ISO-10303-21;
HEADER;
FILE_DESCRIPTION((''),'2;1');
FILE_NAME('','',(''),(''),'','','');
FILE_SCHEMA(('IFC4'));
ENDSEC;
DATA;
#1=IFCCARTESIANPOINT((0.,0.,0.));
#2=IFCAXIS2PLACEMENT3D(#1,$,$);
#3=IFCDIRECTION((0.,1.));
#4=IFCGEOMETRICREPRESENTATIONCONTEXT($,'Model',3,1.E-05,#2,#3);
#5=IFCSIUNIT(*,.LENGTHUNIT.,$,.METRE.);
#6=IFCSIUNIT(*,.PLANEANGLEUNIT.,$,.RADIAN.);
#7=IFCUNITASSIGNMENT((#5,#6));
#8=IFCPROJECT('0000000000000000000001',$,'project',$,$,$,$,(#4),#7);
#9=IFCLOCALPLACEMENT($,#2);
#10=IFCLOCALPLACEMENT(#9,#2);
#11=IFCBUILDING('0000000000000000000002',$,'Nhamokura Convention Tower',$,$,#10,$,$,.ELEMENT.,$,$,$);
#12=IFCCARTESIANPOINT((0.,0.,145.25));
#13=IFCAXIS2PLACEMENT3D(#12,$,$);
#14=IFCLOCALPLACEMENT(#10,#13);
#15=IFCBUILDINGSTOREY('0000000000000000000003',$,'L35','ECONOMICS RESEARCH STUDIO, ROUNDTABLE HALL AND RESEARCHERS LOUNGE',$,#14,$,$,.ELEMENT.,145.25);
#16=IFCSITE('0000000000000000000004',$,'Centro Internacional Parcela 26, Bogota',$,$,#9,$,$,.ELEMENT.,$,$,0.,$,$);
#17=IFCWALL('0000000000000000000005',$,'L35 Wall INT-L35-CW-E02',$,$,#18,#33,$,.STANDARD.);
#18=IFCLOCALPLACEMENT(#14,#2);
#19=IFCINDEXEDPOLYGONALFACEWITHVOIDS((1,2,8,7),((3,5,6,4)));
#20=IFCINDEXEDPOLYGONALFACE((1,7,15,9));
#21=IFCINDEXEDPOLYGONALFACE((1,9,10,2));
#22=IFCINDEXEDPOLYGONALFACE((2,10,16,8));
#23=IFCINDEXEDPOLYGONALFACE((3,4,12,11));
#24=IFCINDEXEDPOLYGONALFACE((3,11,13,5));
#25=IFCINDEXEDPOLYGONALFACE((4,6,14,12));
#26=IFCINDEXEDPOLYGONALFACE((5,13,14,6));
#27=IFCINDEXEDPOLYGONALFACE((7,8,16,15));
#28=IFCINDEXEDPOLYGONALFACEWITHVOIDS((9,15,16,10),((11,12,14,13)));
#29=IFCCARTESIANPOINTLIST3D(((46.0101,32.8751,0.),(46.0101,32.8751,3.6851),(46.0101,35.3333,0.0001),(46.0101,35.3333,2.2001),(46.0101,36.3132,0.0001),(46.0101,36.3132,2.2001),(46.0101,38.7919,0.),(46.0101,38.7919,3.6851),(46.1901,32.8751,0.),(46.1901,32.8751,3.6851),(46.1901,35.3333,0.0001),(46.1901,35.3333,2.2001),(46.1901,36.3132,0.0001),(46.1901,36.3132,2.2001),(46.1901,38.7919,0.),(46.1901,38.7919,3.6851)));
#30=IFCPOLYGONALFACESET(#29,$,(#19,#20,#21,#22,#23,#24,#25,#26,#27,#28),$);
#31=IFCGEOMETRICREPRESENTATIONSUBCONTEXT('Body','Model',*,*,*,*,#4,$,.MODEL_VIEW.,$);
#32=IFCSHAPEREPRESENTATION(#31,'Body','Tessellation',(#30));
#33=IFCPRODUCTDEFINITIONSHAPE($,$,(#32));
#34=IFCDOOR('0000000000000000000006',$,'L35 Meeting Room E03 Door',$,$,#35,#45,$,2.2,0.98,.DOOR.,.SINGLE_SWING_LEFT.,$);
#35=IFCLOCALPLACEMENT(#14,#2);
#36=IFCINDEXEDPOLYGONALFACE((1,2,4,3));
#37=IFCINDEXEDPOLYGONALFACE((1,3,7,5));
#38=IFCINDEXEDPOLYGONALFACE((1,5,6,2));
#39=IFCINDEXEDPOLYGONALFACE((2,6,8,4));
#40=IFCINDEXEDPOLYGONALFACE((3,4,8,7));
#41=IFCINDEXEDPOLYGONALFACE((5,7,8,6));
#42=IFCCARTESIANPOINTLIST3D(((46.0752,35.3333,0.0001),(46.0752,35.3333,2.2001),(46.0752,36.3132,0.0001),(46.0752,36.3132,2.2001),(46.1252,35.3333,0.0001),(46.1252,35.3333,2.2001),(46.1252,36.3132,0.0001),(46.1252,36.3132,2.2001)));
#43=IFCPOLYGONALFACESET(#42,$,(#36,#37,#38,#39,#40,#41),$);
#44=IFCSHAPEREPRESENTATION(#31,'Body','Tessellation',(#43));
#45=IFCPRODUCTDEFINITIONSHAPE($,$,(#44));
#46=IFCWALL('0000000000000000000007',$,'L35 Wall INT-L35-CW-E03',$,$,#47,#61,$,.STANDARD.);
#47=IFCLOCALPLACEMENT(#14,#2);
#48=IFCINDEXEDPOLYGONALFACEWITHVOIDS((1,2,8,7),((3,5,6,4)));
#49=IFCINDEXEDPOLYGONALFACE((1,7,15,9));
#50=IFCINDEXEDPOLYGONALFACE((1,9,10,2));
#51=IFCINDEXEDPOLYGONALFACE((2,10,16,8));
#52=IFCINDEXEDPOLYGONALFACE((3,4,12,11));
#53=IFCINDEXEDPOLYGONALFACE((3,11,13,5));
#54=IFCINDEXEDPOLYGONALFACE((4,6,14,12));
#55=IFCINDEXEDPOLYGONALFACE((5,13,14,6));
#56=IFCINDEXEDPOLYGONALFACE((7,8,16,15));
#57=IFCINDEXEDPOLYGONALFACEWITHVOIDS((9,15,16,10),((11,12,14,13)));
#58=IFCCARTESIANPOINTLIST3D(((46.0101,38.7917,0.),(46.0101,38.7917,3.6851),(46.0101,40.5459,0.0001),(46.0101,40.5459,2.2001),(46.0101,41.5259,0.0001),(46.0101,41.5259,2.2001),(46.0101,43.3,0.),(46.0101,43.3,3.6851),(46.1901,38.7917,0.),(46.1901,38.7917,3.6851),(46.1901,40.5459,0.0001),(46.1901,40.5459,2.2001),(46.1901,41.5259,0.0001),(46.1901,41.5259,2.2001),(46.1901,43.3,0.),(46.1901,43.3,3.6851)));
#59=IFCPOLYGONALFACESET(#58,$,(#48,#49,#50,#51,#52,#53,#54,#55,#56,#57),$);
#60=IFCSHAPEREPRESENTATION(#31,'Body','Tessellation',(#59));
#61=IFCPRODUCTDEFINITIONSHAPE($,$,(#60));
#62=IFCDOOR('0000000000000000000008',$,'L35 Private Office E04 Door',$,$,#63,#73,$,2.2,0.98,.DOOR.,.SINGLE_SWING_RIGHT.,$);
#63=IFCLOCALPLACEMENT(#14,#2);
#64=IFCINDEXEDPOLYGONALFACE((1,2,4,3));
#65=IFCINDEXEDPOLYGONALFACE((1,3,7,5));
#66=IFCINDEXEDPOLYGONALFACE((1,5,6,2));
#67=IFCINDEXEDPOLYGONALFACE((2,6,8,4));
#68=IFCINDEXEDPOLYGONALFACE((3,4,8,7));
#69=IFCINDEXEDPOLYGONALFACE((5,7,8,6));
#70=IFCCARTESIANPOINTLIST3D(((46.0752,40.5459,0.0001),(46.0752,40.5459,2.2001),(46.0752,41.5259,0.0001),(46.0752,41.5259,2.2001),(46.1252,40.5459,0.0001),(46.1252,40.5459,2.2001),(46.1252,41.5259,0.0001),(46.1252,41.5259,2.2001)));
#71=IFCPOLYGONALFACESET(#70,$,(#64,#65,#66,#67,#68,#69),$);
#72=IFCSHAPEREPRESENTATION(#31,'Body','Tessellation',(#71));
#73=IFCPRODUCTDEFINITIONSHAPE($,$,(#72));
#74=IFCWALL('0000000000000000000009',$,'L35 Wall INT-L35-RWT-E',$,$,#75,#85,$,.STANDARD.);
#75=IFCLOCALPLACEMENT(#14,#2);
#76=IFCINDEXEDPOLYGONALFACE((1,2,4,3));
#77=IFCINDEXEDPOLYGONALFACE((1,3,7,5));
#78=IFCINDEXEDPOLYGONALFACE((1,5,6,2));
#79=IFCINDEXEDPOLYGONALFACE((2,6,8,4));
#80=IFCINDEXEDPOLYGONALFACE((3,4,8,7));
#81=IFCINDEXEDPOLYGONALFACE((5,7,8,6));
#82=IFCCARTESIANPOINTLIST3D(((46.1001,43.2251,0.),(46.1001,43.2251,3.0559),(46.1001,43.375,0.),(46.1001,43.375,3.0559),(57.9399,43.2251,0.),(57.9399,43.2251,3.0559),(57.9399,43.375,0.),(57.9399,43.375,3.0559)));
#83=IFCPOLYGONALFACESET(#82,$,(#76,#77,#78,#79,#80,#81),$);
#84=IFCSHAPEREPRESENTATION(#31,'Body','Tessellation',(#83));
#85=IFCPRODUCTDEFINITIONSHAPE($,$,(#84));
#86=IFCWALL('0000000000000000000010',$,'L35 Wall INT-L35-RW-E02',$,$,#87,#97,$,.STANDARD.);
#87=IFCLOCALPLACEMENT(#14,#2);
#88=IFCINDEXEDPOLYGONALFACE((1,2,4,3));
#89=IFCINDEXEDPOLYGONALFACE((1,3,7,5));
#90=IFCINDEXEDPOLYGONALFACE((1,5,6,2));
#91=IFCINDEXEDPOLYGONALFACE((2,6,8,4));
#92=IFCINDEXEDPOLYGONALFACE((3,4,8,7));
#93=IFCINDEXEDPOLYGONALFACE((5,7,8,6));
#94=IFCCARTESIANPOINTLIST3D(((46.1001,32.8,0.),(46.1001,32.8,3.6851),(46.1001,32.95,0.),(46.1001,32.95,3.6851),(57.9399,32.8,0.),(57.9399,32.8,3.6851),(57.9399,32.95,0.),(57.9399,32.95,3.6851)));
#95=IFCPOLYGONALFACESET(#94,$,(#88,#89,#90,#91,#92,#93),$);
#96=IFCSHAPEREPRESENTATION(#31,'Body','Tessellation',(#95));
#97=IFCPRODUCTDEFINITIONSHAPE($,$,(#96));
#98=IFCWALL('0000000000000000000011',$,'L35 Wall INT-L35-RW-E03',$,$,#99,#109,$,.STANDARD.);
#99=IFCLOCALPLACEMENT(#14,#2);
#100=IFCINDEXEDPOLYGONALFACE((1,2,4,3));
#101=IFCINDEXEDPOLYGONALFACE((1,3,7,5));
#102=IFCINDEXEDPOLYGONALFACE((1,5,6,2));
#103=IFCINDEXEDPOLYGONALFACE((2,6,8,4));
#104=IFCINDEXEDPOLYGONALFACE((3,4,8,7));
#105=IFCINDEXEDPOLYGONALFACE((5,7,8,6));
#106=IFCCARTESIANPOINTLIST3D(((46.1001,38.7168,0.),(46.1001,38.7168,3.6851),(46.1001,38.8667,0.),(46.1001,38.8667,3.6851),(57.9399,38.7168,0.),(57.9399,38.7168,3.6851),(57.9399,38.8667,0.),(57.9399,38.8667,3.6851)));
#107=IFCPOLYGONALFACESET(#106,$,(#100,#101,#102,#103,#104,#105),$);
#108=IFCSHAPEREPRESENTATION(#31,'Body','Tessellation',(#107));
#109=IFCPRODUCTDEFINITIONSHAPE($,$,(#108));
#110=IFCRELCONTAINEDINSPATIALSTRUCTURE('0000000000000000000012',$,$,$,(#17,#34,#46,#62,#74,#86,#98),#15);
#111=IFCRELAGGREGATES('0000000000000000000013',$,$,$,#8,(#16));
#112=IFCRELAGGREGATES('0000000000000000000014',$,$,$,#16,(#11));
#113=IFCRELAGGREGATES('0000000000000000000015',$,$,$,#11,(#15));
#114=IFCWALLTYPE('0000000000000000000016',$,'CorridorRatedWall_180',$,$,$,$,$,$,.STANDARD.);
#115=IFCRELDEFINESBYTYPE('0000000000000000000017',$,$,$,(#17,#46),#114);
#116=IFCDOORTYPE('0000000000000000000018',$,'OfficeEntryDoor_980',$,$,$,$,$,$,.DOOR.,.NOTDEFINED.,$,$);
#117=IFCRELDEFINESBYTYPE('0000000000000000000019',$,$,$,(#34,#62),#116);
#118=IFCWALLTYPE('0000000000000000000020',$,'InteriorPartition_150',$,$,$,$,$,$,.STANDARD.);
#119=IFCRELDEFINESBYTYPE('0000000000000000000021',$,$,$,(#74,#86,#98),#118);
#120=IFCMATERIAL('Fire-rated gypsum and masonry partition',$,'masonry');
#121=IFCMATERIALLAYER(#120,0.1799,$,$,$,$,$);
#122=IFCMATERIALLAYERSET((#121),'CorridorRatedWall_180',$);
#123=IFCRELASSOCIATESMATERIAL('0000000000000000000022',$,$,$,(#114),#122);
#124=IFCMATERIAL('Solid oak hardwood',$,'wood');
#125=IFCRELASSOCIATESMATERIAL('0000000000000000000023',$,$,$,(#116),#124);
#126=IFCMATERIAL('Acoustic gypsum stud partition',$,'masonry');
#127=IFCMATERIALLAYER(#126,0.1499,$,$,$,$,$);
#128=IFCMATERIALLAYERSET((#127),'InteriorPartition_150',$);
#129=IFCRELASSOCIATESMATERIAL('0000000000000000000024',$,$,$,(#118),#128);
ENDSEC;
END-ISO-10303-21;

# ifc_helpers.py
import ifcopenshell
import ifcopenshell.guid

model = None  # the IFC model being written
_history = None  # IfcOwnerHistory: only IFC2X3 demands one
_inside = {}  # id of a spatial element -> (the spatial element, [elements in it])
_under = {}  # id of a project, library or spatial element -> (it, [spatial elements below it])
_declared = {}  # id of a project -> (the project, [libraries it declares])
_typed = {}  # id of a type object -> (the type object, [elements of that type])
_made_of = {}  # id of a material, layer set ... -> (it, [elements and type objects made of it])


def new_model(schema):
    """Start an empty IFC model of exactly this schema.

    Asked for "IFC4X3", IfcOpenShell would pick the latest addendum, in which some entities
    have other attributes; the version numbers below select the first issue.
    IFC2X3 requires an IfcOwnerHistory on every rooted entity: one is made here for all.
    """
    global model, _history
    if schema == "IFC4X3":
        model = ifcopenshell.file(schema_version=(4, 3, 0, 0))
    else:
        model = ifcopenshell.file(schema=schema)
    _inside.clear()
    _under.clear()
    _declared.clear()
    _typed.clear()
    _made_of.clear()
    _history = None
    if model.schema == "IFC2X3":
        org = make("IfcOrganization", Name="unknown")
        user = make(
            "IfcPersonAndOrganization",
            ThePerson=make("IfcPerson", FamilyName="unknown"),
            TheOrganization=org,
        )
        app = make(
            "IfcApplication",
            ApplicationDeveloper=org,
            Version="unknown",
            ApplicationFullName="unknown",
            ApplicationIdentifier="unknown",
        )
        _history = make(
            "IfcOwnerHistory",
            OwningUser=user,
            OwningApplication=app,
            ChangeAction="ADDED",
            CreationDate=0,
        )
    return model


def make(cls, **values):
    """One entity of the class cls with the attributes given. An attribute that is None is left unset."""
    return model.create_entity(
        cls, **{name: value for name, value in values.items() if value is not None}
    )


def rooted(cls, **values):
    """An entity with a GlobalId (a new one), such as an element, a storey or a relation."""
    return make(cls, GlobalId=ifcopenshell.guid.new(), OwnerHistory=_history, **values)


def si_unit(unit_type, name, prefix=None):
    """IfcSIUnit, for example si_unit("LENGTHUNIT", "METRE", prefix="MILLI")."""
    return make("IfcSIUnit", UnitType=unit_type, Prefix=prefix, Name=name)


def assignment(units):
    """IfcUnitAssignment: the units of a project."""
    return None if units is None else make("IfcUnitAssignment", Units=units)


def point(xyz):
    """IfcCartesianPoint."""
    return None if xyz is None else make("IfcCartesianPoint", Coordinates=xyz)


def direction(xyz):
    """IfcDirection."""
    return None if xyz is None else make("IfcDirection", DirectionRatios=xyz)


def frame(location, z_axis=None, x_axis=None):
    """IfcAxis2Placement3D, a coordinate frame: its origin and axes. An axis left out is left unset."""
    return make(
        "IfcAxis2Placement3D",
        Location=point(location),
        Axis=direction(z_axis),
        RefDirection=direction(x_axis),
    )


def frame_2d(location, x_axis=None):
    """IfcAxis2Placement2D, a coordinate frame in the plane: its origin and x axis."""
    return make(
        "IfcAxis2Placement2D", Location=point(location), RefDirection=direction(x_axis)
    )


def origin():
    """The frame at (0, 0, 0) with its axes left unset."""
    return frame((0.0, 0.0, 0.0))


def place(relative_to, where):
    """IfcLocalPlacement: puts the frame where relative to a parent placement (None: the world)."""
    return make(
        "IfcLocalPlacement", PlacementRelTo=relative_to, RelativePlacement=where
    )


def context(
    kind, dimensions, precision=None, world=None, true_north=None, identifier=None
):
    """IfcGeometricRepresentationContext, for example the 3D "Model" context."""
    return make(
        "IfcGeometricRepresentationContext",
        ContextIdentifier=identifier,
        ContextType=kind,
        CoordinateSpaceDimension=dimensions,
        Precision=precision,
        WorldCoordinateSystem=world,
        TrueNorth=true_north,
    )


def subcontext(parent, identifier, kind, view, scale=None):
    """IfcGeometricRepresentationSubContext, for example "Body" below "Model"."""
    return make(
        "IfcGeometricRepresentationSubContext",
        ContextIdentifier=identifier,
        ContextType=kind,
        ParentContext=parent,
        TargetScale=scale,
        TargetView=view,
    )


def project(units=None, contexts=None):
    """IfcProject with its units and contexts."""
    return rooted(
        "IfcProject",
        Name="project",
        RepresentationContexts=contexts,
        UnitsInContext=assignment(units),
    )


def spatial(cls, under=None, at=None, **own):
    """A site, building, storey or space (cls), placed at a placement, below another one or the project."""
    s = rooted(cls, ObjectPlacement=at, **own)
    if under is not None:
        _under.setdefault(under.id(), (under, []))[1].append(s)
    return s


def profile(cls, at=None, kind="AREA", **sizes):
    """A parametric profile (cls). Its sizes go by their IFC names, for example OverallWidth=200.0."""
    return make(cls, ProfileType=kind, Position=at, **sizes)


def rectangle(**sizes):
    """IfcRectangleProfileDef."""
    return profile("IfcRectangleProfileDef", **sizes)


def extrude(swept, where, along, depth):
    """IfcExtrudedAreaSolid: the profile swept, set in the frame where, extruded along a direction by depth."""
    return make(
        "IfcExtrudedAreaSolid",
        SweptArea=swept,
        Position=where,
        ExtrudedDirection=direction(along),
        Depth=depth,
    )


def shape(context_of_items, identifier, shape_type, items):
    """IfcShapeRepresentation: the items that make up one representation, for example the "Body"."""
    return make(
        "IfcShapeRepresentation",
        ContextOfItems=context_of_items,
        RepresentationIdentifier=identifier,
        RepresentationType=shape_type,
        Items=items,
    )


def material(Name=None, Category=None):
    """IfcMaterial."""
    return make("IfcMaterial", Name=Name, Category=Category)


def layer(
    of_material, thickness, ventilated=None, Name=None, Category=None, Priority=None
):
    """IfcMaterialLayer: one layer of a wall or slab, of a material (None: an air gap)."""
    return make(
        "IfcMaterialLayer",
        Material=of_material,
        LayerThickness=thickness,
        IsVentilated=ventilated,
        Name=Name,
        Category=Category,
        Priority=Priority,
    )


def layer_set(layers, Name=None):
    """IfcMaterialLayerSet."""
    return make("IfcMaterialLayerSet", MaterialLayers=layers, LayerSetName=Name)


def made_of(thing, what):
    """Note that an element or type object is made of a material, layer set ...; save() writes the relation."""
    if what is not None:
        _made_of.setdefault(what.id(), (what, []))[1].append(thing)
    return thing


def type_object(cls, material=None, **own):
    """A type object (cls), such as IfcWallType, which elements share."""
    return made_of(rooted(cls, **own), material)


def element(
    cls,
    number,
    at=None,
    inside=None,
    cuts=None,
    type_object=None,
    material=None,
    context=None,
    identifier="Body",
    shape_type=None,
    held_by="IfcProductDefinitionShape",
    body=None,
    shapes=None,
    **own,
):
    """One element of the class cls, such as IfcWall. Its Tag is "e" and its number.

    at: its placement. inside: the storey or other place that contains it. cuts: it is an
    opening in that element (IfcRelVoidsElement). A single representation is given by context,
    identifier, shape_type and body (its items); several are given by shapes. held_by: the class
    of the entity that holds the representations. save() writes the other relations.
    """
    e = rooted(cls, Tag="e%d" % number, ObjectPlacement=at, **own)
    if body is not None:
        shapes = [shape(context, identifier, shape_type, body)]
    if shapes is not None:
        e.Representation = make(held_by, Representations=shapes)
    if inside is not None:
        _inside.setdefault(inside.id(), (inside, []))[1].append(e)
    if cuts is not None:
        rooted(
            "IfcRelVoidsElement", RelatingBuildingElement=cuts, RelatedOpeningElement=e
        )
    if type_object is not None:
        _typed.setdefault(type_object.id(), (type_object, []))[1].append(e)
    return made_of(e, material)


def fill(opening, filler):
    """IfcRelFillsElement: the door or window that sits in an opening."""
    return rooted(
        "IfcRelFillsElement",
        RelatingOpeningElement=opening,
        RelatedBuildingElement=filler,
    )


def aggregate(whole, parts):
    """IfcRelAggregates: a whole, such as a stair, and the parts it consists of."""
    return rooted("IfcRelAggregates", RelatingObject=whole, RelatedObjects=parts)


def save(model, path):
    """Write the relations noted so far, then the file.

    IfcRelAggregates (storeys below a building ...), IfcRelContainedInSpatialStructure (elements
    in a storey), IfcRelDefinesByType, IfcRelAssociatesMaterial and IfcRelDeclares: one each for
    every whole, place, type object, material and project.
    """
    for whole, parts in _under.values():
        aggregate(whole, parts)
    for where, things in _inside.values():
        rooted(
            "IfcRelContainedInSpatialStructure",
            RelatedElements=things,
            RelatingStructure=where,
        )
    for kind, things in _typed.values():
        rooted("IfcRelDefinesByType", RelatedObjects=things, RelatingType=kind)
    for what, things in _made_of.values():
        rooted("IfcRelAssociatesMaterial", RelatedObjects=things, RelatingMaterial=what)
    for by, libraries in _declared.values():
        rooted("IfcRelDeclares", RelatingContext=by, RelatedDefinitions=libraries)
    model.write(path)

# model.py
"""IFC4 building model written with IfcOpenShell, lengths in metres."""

from ifc_helpers import new_model, si_unit, direction, frame, frame_2d, origin, place, context, subcontext, project, spatial, rectangle, extrude, material, layer, layer_set, type_object, element, fill, save


model = new_model("IFC4")

# Units and contexts
model_context = context("Model", 3, precision=1e-05, world=origin(), true_north=direction((0.0, 1.0)))
body_context = subcontext(model_context, "Body", "Model", "MODEL_VIEW")
ifc_project = project(units=[si_unit("LENGTHUNIT", "METRE"), si_unit("PLANEANGLEUNIT", "RADIAN")], contexts=[model_context])

# Site, building, storey
site_placement = place(None, origin())
site = spatial("IfcSite", under=ifc_project, at=site_placement, Name="Centro Internacional Parcela 26, Bogota", CompositionType="ELEMENT", RefElevation=0.0)
building_placement = place(site_placement, origin())
building = spatial("IfcBuilding", under=site, at=building_placement, Name="Nhamokura Convention Tower", CompositionType="ELEMENT")
storey_placement = place(building_placement, frame((0.0, 0.0, 145.25)))
storey = spatial("IfcBuildingStorey", under=building, at=storey_placement, Name="L35", Description="ECONOMICS RESEARCH STUDIO, ROUNDTABLE HALL AND RESEARCHERS LOUNGE", CompositionType="ELEMENT", Elevation=145.25)

# Walls, openings, doors
ifc_material_1 = material(Name="Fire-rated gypsum and masonry partition", Category="masonry")
ifc_layer_1 = layer(ifc_material_1, 0.1799)
ifc_layer_set_1 = layer_set([ifc_layer_1], Name="CorridorRatedWall_180")
wall_type_1 = type_object("IfcWallType", Name="CorridorRatedWall_180", PredefinedType="STANDARD", material=ifc_layer_set_1)
wall_1_placement = place(storey_placement, frame((46.1001, 32.875, 0.0), z_axis=(0.0, 0.0, 1.0), x_axis=(0.0, 1.0, 0.0)))
wall_1 = element("IfcWall", 1, at=wall_1_placement, inside=storey, type_object=wall_type_1, Name="L35 Wall INT-L35-CW-E02", PredefinedType="STANDARD", context=body_context, shape_type="SweptSolid", body=[
    extrude(rectangle(XDim=5.9167, YDim=0.1799, at=frame_2d((2.9585, 0.0))), origin(), (0.0, 0.0, 1.0), 3.6851),
])
opening_1_placement = place(wall_1_placement, frame((2.4583, 0.0, 0.0)))
opening_1 = element("IfcOpeningElement", 2, at=opening_1_placement, cuts=wall_1, PredefinedType="OPENING", context=body_context, shape_type="SweptSolid", body=[
    extrude(rectangle(XDim=0.98, YDim=2.2, at=frame_2d((0.49, 1.1001))), frame((0.0, 0.0999, 0.0), z_axis=(0.0, -1.0, 0.0), x_axis=(1.0, 0.0, 0.0)), (0.0, 0.0, 1.0), 0.2),
])
ifc_material_2 = material(Name="Solid oak hardwood", Category="wood")
door_type = type_object("IfcDoorType", Name="OfficeEntryDoor_980", OperationType="NOTDEFINED", PredefinedType="DOOR", material=ifc_material_2)
door_1_placement = place(opening_1_placement, origin())
door_1 = element("IfcDoor", 3, at=door_1_placement, inside=storey, type_object=door_type, Name="L35 Meeting Room E03 Door", OperationType="SINGLE_SWING_LEFT", OverallHeight=2.2, OverallWidth=0.98, PredefinedType="DOOR", context=body_context, shape_type="SweptSolid", body=[
    extrude(rectangle(XDim=0.98, YDim=2.2, at=frame_2d((0.49, 1.1001))), frame((0.0, 0.0249, 0.0), z_axis=(0.0, -1.0, 0.0), x_axis=(1.0, 0.0, 0.0)), (0.0, 0.0, 1.0), 0.05),
])
fill(opening_1, door_1)
wall_2_placement = place(storey_placement, frame((46.1001, 38.7917, 0.0), z_axis=(0.0, 0.0, 1.0), x_axis=(0.0, 1.0, 0.0)))
wall_2 = element("IfcWall", 4, at=wall_2_placement, inside=storey, type_object=wall_type_1, Name="L35 Wall INT-L35-CW-E03", PredefinedType="STANDARD", context=body_context, shape_type="SweptSolid", body=[
    extrude(rectangle(XDim=4.5083, YDim=0.1799, at=frame_2d((2.2542, 0.0))), origin(), (0.0, 0.0, 1.0), 3.6851),
])
opening_2_placement = place(wall_2_placement, frame((1.7542, 0.0, 0.0)))
opening_2 = element("IfcOpeningElement", 5, at=opening_2_placement, cuts=wall_2, PredefinedType="OPENING", context=body_context, shape_type="SweptSolid", body=[
    extrude(rectangle(XDim=0.98, YDim=2.2, at=frame_2d((0.49, 1.1001))), frame((0.0, 0.0999, 0.0), z_axis=(0.0, -1.0, 0.0), x_axis=(1.0, 0.0, 0.0)), (0.0, 0.0, 1.0), 0.2),
])
door_2_placement = place(opening_2_placement, origin())
door_2 = element("IfcDoor", 6, at=door_2_placement, inside=storey, type_object=door_type, Name="L35 Private Office E04 Door", OperationType="SINGLE_SWING_RIGHT", OverallHeight=2.2, OverallWidth=0.98, PredefinedType="DOOR", context=body_context, shape_type="SweptSolid", body=[
    extrude(rectangle(XDim=0.98, YDim=2.2, at=frame_2d((0.49, 1.1001))), frame((0.0, 0.0249, 0.0), z_axis=(0.0, -1.0, 0.0), x_axis=(1.0, 0.0, 0.0)), (0.0, 0.0, 1.0), 0.05),
])
fill(opening_2, door_2)

# Walls
ifc_material_3 = material(Name="Acoustic gypsum stud partition", Category="masonry")
ifc_layer_2 = layer(ifc_material_3, 0.1499)
ifc_layer_set_2 = layer_set([ifc_layer_2], Name="InteriorPartition_150")
wall_type_2 = type_object("IfcWallType", Name="InteriorPartition_150", PredefinedType="STANDARD", material=ifc_layer_set_2)
wall_3_placement = place(storey_placement, frame((46.1001, 43.3, 0.0), z_axis=(0.0, 0.0, 1.0), x_axis=(1.0, 0.0, 0.0)))
element("IfcWall", 7, at=wall_3_placement, inside=storey, type_object=wall_type_2, Name="L35 Wall INT-L35-RWT-E", PredefinedType="STANDARD", context=body_context, shape_type="SweptSolid", body=[
    extrude(rectangle(XDim=11.8398, YDim=0.1499, at=frame_2d((5.9199, 0.0))), origin(), (0.0, 0.0, 1.0), 3.0559),
])
for number, where, z_axis, x_axis, name in (
    (8, (46.1001, 32.875, 0.0), (0.0, 0.0, 1.0), (1.0, 0.0, 0.0), "L35 Wall INT-L35-RW-E02"),
    (9, (46.1001, 38.7917, 0.0), (0.0, 0.0, 1.0), (1.0, 0.0, 0.0), "L35 Wall INT-L35-RW-E03"),
):
    element("IfcWall", number, at=place(storey_placement, frame(where, z_axis=z_axis, x_axis=x_axis)), inside=storey, type_object=wall_type_2, Name=name, PredefinedType="STANDARD", context=body_context, shape_type="SweptSolid", body=[
        extrude(rectangle(XDim=11.8398, YDim=0.1499, at=frame_2d((5.9199, 0.0))), origin(), (0.0, 0.0, 1.0), 3.6851),
    ])

save(model, "model.ifc")
